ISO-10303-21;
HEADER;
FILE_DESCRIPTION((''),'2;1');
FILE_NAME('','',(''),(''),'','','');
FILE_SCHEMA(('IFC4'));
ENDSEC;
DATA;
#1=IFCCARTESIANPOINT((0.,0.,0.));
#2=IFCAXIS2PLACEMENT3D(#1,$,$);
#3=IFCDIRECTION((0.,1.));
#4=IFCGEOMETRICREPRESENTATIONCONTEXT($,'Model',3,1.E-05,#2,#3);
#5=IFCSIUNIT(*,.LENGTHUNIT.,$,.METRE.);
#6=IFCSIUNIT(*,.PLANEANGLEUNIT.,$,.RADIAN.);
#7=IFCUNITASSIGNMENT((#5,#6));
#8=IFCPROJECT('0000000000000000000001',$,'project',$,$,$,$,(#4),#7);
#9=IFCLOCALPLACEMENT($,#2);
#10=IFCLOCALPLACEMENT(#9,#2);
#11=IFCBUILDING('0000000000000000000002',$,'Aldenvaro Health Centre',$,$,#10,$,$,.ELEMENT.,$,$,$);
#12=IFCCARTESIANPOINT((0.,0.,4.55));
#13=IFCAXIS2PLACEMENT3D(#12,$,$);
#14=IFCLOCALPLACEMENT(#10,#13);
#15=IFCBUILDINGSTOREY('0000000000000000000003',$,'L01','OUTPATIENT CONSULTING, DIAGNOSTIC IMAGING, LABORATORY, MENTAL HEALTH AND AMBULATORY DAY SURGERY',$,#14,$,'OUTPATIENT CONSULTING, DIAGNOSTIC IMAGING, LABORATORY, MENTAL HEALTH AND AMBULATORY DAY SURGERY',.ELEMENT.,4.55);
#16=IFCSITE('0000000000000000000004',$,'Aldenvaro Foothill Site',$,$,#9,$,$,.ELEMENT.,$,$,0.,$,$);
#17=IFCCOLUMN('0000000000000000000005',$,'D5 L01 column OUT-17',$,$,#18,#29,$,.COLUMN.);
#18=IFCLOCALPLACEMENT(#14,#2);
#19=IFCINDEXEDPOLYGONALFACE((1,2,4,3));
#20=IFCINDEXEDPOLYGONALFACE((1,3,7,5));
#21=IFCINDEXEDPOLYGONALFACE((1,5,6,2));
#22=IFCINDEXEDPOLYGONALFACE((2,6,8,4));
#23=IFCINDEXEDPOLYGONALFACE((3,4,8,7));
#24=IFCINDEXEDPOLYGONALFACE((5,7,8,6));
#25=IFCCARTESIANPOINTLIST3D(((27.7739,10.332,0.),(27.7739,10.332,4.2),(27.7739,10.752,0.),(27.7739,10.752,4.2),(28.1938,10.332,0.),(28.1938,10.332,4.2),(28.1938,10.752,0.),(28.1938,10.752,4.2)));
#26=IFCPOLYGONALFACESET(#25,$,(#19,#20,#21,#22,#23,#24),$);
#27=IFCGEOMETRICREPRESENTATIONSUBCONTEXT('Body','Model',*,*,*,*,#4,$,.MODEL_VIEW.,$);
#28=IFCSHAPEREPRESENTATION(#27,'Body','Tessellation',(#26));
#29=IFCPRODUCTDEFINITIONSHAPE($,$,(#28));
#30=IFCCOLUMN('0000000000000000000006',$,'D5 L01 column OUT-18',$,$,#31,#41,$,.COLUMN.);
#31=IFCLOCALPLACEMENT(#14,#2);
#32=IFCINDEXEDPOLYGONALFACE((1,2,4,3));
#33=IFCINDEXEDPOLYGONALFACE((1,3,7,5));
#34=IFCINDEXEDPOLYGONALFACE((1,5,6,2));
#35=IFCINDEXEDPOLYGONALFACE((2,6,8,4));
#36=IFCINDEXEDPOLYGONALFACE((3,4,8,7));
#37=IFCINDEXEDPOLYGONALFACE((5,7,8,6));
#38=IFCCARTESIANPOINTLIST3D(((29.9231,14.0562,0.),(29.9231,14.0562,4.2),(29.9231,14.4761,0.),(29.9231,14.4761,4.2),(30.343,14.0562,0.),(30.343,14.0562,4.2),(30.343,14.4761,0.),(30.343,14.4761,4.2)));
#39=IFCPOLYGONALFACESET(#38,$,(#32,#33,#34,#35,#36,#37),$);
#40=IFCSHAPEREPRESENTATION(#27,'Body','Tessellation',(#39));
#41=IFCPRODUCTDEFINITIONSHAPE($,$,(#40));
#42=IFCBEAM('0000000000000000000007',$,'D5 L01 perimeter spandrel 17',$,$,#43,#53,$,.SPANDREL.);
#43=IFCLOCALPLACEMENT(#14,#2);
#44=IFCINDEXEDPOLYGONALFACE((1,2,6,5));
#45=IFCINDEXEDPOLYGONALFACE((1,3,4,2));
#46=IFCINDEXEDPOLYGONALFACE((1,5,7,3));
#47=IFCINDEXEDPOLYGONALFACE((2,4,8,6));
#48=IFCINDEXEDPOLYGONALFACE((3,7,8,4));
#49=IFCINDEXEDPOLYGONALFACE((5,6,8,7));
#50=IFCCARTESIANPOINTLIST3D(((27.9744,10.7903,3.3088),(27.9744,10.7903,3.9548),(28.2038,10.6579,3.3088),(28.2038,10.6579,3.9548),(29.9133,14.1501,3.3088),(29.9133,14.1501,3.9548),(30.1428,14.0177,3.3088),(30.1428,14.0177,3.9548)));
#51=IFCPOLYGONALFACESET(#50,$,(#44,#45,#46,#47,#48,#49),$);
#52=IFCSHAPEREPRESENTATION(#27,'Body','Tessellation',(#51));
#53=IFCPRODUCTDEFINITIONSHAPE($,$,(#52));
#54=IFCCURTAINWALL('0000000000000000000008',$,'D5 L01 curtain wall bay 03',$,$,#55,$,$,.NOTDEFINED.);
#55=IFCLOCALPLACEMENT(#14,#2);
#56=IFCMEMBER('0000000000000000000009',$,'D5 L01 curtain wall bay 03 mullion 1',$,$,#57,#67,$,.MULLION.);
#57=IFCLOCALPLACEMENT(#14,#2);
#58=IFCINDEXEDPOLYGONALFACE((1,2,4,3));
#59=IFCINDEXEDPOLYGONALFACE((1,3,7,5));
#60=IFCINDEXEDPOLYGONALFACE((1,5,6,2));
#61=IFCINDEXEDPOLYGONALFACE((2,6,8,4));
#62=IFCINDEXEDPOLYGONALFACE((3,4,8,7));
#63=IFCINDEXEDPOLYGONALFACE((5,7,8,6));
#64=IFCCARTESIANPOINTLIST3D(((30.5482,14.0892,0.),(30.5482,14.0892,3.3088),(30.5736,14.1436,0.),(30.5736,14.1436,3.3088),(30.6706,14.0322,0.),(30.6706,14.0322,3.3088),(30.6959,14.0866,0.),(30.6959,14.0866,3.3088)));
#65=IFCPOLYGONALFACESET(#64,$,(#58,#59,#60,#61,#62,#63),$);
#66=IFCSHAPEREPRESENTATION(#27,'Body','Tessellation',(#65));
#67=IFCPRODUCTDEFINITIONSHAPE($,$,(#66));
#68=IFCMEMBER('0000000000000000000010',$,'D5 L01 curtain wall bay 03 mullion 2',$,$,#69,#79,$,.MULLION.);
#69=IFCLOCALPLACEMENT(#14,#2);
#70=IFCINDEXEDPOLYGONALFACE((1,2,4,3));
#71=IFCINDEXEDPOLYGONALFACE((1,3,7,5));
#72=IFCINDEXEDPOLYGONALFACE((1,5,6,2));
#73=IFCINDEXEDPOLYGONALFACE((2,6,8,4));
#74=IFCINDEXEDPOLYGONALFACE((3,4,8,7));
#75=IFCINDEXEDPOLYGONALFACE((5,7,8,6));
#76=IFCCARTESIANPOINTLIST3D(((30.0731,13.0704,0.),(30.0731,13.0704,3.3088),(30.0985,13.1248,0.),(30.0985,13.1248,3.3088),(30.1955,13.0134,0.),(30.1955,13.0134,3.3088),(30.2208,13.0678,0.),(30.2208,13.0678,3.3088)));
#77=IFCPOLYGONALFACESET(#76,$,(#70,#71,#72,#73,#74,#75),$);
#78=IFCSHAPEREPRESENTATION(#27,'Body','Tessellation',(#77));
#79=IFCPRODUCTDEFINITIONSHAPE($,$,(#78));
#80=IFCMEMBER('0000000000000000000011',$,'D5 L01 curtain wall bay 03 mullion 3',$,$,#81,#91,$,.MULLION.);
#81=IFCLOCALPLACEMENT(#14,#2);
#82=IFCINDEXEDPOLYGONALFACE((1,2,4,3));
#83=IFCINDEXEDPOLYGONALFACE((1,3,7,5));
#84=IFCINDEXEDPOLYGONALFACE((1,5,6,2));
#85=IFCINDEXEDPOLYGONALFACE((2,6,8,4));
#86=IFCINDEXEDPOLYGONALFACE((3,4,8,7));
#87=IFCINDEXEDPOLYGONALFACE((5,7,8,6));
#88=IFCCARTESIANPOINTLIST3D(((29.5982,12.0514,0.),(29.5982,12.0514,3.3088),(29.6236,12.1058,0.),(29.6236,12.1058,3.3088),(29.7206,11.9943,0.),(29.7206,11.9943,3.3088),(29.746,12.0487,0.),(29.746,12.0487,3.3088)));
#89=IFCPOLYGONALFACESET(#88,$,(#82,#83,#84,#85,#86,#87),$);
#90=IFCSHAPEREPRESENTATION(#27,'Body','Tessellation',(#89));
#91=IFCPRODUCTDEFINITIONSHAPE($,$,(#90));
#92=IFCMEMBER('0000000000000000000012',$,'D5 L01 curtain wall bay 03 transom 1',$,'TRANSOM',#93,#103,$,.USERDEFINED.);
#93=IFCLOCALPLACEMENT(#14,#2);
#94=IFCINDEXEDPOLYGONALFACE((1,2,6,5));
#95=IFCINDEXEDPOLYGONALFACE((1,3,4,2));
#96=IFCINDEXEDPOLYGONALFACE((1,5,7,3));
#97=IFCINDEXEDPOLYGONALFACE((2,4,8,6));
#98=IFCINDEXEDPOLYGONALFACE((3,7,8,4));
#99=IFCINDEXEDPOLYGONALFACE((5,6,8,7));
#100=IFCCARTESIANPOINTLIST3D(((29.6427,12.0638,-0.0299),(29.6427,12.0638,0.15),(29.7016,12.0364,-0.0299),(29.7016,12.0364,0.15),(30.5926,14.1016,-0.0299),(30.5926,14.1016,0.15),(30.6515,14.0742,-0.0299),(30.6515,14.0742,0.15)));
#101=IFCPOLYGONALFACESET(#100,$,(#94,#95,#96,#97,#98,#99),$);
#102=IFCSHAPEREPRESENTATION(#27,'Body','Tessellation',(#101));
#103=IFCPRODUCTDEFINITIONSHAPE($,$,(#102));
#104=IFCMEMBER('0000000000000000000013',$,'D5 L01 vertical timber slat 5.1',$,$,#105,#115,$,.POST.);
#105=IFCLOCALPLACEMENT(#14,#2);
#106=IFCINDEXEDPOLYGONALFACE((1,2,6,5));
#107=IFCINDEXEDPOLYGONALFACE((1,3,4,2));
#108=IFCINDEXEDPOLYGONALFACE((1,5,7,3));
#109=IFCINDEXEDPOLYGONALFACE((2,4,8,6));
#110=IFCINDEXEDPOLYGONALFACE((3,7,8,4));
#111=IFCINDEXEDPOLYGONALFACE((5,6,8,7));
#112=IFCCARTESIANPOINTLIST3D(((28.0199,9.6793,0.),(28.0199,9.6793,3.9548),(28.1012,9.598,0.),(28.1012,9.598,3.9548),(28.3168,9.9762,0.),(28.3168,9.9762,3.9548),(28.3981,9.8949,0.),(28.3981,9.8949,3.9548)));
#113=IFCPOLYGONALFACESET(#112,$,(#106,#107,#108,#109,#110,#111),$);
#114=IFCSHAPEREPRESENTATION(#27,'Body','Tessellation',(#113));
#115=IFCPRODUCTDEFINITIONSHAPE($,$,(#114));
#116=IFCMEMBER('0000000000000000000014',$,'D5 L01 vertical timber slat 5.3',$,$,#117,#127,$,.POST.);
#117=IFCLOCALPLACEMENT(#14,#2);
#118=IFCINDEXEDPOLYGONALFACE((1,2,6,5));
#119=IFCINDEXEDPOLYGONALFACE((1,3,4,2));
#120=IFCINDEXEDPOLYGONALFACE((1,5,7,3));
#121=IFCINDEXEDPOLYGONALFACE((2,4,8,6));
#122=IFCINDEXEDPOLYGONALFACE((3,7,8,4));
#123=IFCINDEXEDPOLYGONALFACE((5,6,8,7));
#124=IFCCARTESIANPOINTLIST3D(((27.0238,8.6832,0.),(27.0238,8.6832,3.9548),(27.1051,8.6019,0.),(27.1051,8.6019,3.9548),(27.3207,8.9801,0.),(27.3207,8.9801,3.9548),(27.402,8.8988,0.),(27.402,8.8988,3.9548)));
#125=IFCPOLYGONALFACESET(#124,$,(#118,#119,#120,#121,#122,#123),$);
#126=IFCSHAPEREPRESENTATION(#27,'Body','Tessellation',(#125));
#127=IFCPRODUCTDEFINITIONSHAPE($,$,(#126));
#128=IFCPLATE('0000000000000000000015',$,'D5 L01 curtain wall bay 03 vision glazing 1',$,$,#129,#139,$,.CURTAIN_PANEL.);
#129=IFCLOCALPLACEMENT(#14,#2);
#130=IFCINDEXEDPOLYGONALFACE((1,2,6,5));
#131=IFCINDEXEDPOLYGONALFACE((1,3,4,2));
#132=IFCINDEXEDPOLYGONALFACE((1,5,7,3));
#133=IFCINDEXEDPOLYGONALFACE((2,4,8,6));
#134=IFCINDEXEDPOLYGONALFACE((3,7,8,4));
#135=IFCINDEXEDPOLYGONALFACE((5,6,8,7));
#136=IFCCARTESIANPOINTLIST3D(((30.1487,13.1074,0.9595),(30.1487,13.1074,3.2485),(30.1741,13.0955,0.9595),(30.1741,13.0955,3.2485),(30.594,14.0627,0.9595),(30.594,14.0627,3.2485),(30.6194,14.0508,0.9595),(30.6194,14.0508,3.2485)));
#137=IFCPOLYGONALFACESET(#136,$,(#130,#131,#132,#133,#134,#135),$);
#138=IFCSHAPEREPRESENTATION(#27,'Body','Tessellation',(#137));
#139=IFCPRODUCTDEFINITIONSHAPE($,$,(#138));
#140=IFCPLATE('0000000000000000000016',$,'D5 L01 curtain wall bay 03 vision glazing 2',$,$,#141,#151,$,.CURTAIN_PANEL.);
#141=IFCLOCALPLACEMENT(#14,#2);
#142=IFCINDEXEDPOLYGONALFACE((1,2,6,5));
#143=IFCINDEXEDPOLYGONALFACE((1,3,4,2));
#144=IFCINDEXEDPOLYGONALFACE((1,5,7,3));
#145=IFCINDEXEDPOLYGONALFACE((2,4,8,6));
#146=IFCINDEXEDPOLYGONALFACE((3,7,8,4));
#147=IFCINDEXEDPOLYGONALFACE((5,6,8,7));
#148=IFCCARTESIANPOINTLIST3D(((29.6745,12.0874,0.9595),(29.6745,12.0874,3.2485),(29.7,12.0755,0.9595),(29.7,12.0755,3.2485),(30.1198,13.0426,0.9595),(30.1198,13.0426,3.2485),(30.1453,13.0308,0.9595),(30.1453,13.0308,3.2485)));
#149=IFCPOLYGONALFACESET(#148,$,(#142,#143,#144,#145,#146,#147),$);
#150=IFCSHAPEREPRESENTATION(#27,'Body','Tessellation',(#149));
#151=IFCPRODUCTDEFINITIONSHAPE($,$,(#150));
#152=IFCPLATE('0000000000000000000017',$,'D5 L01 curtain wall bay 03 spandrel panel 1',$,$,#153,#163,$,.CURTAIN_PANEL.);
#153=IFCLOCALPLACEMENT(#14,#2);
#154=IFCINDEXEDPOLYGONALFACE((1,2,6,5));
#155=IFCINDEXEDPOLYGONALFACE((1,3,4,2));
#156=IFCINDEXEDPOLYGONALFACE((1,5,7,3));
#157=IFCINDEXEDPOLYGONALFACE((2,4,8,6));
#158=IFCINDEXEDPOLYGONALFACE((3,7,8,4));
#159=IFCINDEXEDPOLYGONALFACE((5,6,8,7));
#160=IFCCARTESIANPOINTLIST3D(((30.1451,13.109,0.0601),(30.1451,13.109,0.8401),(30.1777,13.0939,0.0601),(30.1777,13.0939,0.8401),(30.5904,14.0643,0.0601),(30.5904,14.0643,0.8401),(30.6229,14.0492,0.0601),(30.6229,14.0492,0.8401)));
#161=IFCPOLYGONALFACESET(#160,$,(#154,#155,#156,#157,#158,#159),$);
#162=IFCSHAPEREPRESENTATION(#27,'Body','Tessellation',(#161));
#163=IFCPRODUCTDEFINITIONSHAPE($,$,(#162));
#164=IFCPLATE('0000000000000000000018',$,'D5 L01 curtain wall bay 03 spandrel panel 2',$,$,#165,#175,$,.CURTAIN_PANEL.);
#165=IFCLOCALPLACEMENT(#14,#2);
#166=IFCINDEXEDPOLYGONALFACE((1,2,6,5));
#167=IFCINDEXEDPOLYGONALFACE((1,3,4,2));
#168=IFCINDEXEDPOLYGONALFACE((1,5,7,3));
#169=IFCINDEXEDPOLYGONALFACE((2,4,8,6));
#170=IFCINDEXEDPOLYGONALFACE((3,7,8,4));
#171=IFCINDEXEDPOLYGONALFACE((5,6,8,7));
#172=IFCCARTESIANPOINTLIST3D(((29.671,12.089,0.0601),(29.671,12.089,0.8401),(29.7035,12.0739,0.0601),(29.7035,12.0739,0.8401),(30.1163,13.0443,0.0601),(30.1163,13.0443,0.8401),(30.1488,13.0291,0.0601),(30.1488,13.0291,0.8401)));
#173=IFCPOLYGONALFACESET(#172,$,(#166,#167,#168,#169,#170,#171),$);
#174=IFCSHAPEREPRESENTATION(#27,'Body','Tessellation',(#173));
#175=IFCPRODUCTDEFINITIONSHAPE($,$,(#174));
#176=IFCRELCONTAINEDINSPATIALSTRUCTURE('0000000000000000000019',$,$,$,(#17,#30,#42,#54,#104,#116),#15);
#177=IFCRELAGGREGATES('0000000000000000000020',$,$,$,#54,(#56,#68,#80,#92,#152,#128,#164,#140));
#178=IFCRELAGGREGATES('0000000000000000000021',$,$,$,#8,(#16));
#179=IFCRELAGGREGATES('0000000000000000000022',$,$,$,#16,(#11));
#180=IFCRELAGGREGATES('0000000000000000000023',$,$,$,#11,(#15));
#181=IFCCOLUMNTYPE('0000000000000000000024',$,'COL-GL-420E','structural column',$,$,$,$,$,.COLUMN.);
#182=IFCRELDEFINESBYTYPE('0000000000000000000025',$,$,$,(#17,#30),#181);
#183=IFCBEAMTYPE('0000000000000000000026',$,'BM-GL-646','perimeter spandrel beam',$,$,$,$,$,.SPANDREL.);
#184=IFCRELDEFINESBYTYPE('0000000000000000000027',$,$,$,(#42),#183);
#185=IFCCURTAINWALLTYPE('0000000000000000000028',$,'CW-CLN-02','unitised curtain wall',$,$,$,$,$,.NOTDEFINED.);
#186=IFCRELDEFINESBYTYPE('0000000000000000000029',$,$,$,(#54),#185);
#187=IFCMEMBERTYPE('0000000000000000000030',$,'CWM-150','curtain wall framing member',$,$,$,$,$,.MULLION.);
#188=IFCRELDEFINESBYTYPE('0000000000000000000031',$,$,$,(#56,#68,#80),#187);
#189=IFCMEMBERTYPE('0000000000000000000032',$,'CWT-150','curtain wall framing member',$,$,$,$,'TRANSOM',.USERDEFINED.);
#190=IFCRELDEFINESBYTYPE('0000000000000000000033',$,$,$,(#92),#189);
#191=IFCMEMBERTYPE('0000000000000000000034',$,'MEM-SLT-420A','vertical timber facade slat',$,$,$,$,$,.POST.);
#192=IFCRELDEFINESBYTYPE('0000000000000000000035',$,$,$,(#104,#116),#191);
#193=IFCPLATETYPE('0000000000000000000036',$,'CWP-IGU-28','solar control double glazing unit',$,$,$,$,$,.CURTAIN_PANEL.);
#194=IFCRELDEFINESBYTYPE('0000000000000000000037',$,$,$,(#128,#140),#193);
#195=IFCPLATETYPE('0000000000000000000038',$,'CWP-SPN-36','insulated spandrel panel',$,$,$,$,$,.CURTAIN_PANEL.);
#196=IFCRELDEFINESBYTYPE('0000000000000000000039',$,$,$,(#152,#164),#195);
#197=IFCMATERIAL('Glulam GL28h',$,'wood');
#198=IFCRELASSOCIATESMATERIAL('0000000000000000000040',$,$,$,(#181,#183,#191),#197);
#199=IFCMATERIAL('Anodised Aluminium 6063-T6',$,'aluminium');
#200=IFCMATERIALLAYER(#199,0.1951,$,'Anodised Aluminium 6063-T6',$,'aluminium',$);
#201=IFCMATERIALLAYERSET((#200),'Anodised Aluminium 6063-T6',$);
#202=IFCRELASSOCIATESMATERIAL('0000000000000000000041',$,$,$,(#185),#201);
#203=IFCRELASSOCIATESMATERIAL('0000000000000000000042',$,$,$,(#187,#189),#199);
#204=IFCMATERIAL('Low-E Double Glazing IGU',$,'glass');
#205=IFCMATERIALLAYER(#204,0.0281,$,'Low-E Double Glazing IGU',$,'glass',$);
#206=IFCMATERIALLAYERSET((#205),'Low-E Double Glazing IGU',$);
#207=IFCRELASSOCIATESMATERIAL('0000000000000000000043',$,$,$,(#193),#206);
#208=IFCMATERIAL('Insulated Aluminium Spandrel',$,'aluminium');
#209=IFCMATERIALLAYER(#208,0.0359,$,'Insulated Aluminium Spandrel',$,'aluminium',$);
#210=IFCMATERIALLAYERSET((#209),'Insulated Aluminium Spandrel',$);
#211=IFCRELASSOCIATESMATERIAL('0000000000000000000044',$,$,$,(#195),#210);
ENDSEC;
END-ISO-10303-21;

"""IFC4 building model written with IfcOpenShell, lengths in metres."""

from ifc_helpers import new_model, si_unit, direction, frame, origin, origin_2d, place, context, subcontext, project, spatial, rectangle, extrude, material, layer, layer_set, material_profile, profile_set, type_object, element, aggregate, save


model = new_model("IFC4")

# Units and contexts
model_context = context("Model", 3, precision=1e-05, world=origin(), true_north=direction((0.0, 1.0)))
body_context = subcontext(model_context, "Body", "Model", "MODEL_VIEW")
ifc_project = project(units=[si_unit("LENGTHUNIT", "METRE"), si_unit("PLANEANGLEUNIT", "RADIAN")], contexts=[model_context])

# Site, building, storey
site_placement = place(None, origin())
site = spatial("IfcSite", under=ifc_project, at=site_placement, Name="Aldenvaro Foothill Site", CompositionType="ELEMENT", RefElevation=0.0)
building_placement = place(site_placement, origin())
building = spatial("IfcBuilding", under=site, at=building_placement, Name="Aldenvaro Health Centre", CompositionType="ELEMENT")
storey_placement = place(building_placement, frame((0.0, 0.0, 4.55)))
storey = spatial("IfcBuildingStorey", under=building, at=storey_placement, Name="L01", Description="OUTPATIENT CONSULTING, DIAGNOSTIC IMAGING, LABORATORY, MENTAL HEALTH AND AMBULATORY DAY SURGERY", LongName="OUTPATIENT CONSULTING, DIAGNOSTIC IMAGING, LABORATORY, MENTAL HEALTH AND AMBULATORY DAY SURGERY", CompositionType="ELEMENT", Elevation=4.55)

# Columns
ifc_material_1 = material(Name="Glulam GL28h", Category="wood")
ifc_material_profile_1 = material_profile(ifc_material_1, rectangle(XDim=0.4199, YDim=0.4199, at=origin_2d()), Name="GL 420x420", Category="wood")
ifc_profile_set_1 = profile_set([ifc_material_profile_1], Name="Glulam GL28h")
column_type = type_object("IfcColumnType", Name="COL-GL-420E", Description="structural column", PredefinedType="COLUMN", material=ifc_profile_set_1)
for number, where, z_axis, x_axis, name in (
    (1, (27.9839, 10.542, 0.0), (0.0, 0.0, 1.0), (1.0, 0.0, 0.0), "D5 L01 column OUT-17"),
    (2, (30.1331, 14.2661, 0.0), (0.0, 0.0, 1.0), (1.0, 0.0, 0.0), "D5 L01 column OUT-18"),
):
    element("IfcColumn", number, at=place(storey_placement, frame(where, z_axis=z_axis, x_axis=x_axis)), inside=storey, type_object=column_type, Name=name, PredefinedType="COLUMN", context=body_context, shape_type="SweptSolid", body=[
        extrude(rectangle(XDim=0.4199, YDim=0.4199, at=origin_2d()), origin(), (0.0, 0.0, 1.0), 4.2),
    ])

# Beam
ifc_material_profile_2 = material_profile(ifc_material_1, rectangle(XDim=0.2649, YDim=0.646, at=origin_2d()), Name="GL 265x646", Category="wood")
ifc_profile_set_2 = profile_set([ifc_material_profile_2], Name="Glulam GL28h")
beam_type = type_object("IfcBeamType", Name="BM-GL-646", Description="perimeter spandrel beam", PredefinedType="SPANDREL", material=ifc_profile_set_2)
beam_placement = place(storey_placement, frame((28.0891, 10.7241, 3.6318), z_axis=(0.499835, 0.866121, 0.0), x_axis=(-0.866121, 0.499835, 0.0)))
element("IfcBeam", 3, at=beam_placement, inside=storey, type_object=beam_type, Name="D5 L01 perimeter spandrel 17", PredefinedType="SPANDREL", context=body_context, shape_type="SweptSolid", body=[
    extrude(rectangle(XDim=0.2649, YDim=0.646, at=origin_2d()), origin(), (0.0, 0.0, 1.0), 3.8792),
])

# Curtain wall, members
ifc_material_2 = material(Name="Anodised Aluminium 6063-T6", Category="aluminium")
ifc_layer_1 = layer(ifc_material_2, 0.1951, Name="Anodised Aluminium 6063-T6", Category="aluminium")
ifc_layer_set_1 = layer_set([ifc_layer_1], Name="Anodised Aluminium 6063-T6")
curtain_wall_type = type_object("IfcCurtainWallType", Name="CW-CLN-02", Description="unitised curtain wall", PredefinedType="NOTDEFINED", material=ifc_layer_set_1)
curtain_wall_placement = place(storey_placement, origin())
curtain_wall = element("IfcCurtainWall", 4, at=curtain_wall_placement, inside=storey, type_object=curtain_wall_type, Name="D5 L01 curtain wall bay 03", PredefinedType="NOTDEFINED")
ifc_material_profile_3 = material_profile(ifc_material_2, rectangle(XDim=0.0601, YDim=0.135, at=origin_2d()), Name="ALU 60x135", Category="aluminium")
ifc_profile_set_3 = profile_set([ifc_material_profile_3], Name="Anodised Aluminium 6063-T6")
member_type_1 = type_object("IfcMemberType", Name="CWM-150", Description="curtain wall framing member", PredefinedType="MULLION", material=ifc_profile_set_3)
member_1_placement = place(storey_placement, frame((30.6221, 14.0879, 0.0), z_axis=(0.0, 0.0, 1.0), x_axis=(-0.422496, -0.906365, 0.0)))
member_1 = element("IfcMember", 5, at=member_1_placement, type_object=member_type_1, Name="D5 L01 curtain wall bay 03 mullion 1", PredefinedType="MULLION", context=body_context, shape_type="SweptSolid", body=[
    extrude(rectangle(XDim=0.0601, YDim=0.135, at=origin_2d()), origin(), (0.0, 0.0, 1.0), 3.3088),
])
member_2_placement = place(storey_placement, frame((30.147, 13.0691, 0.0), z_axis=(0.0, 0.0, 1.0), x_axis=(-0.422496, -0.906365, 0.0)))
member_2 = element("IfcMember", 6, at=member_2_placement, type_object=member_type_1, Name="D5 L01 curtain wall bay 03 mullion 2", PredefinedType="MULLION", context=body_context, shape_type="SweptSolid", body=[
    extrude(rectangle(XDim=0.0601, YDim=0.135, at=origin_2d()), origin(), (0.0, 0.0, 1.0), 3.3088),
])
member_3_placement = place(storey_placement, frame((29.6721, 12.05, 0.0), z_axis=(0.0, 0.0, 1.0), x_axis=(-0.422496, -0.906365, 0.0)))
member_3 = element("IfcMember", 7, at=member_3_placement, type_object=member_type_1, Name="D5 L01 curtain wall bay 03 mullion 3", PredefinedType="MULLION", context=body_context, shape_type="SweptSolid", body=[
    extrude(rectangle(XDim=0.0601, YDim=0.135, at=origin_2d()), origin(), (0.0, 0.0, 1.0), 3.3088),
])
ifc_material_profile_4 = material_profile(ifc_material_2, rectangle(XDim=0.0649, YDim=0.1799, at=origin_2d()), Name="ALU 65x180", Category="aluminium")
ifc_profile_set_4 = profile_set([ifc_material_profile_4], Name="Anodised Aluminium 6063-T6")
member_type_2 = type_object("IfcMemberType", Name="CWT-150", Description="curtain wall framing member", ElementType="TRANSOM", PredefinedType="USERDEFINED", material=ifc_profile_set_4)
member_4_placement = place(storey_placement, frame((30.6221, 14.0879, 0.0601), z_axis=(-0.422505, -0.906361, 0.0), x_axis=(0.906361, -0.422505, 0.0)))
member_4 = element("IfcMember", 8, at=member_4_placement, type_object=member_type_2, Name="D5 L01 curtain wall bay 03 transom 1", ObjectType="TRANSOM", PredefinedType="USERDEFINED", context=body_context, shape_type="SweptSolid", body=[
    extrude(rectangle(XDim=0.0649, YDim=0.1799, at=origin_2d()), origin(), (0.0, 0.0, 1.0), 2.2483),
])

# Members
ifc_material_profile_5 = material_profile(ifc_material_1, rectangle(XDim=0.115, YDim=0.4199, at=origin_2d()), Name="GL 115x420", Category="wood")
ifc_profile_set_5 = profile_set([ifc_material_profile_5], Name="Glulam GL28h")
member_type_3 = type_object("IfcMemberType", Name="MEM-SLT-420A", Description="vertical timber facade slat", PredefinedType="POST", material=ifc_profile_set_5)
for number, where, z_axis, x_axis, name in (
    (9, (28.209, 9.7871, 0.0), (0.0, 0.0, 1.0), (0.707107, -0.707107, 0.0), "D5 L01 vertical timber slat 5.1"),
    (10, (27.2129, 8.791, 0.0), (0.0, 0.0, 1.0), (0.707107, -0.707107, 0.0), "D5 L01 vertical timber slat 5.3"),
):
    element("IfcMember", number, at=place(storey_placement, frame(where, z_axis=z_axis, x_axis=x_axis)), inside=storey, type_object=member_type_3, Name=name, PredefinedType="POST", context=body_context, shape_type="SweptSolid", body=[
        extrude(rectangle(XDim=0.115, YDim=0.4199, at=origin_2d()), origin(), (0.0, 0.0, 1.0), 3.9548),
    ])

# Plates
ifc_material_3 = material(Name="Low-E Double Glazing IGU", Category="glass")
ifc_layer_2 = layer(ifc_material_3, 0.0281, Name="Low-E Double Glazing IGU", Category="glass")
ifc_layer_set_2 = layer_set([ifc_layer_2], Name="Low-E Double Glazing IGU")
plate_type_1 = type_object("IfcPlateType", Name="CWP-IGU-28", Description="solar control double glazing unit", PredefinedType="CURTAIN_PANEL", material=ifc_layer_set_2)
plate_1_placement = place(storey_placement, frame((30.384, 13.5791, 0.9595), z_axis=(0.0, 0.0, 1.0), x_axis=(-0.422496, -0.906365, 0.0)))
plate_1 = element("IfcPlate", 11, at=plate_1_placement, type_object=plate_type_1, Name="D5 L01 curtain wall bay 03 vision glazing 1", PredefinedType="CURTAIN_PANEL", context=body_context, shape_type="SweptSolid", body=[
    extrude(rectangle(XDim=1.054, YDim=0.0281, at=origin_2d()), origin(), (0.0, 0.0, 1.0), 2.2891),
])
plate_2_placement = place(storey_placement, frame((29.9099, 12.5591, 0.9595), z_axis=(0.0, 0.0, 1.0), x_axis=(-0.422496, -0.906365, 0.0)))
plate_2 = element("IfcPlate", 12, at=plate_2_placement, type_object=plate_type_1, Name="D5 L01 curtain wall bay 03 vision glazing 2", PredefinedType="CURTAIN_PANEL", context=body_context, shape_type="SweptSolid", body=[
    extrude(rectangle(XDim=1.054, YDim=0.0281, at=origin_2d()), origin(), (0.0, 0.0, 1.0), 2.2891),
])
ifc_material_4 = material(Name="Insulated Aluminium Spandrel", Category="aluminium")
ifc_layer_3 = layer(ifc_material_4, 0.0359, Name="Insulated Aluminium Spandrel", Category="aluminium")
ifc_layer_set_3 = layer_set([ifc_layer_3], Name="Insulated Aluminium Spandrel")
plate_type_2 = type_object("IfcPlateType", Name="CWP-SPN-36", Description="insulated spandrel panel", PredefinedType="CURTAIN_PANEL", material=ifc_layer_set_3)
plate_3_placement = place(storey_placement, frame((30.384, 13.5791, 0.0601), z_axis=(0.0, 0.0, 1.0), x_axis=(-0.422496, -0.906365, 0.0)))
plate_3 = element("IfcPlate", 13, at=plate_3_placement, type_object=plate_type_2, Name="D5 L01 curtain wall bay 03 spandrel panel 1", PredefinedType="CURTAIN_PANEL", context=body_context, shape_type="SweptSolid", body=[
    extrude(rectangle(XDim=1.054, YDim=0.0359, at=origin_2d()), origin(), (0.0, 0.0, 1.0), 0.78),
])
plate_4_placement = place(storey_placement, frame((29.9099, 12.5591, 0.0601), z_axis=(0.0, 0.0, 1.0), x_axis=(-0.422496, -0.906365, 0.0)))
plate_4 = element("IfcPlate", 14, at=plate_4_placement, type_object=plate_type_2, Name="D5 L01 curtain wall bay 03 spandrel panel 2", PredefinedType="CURTAIN_PANEL", context=body_context, shape_type="SweptSolid", body=[
    extrude(rectangle(XDim=1.054, YDim=0.0359, at=origin_2d()), origin(), (0.0, 0.0, 1.0), 0.78),
])
aggregate(curtain_wall, [member_1, member_2, member_3, member_4, plate_3, plate_1, plate_4, plate_2])

save(model, "model.ifc")
